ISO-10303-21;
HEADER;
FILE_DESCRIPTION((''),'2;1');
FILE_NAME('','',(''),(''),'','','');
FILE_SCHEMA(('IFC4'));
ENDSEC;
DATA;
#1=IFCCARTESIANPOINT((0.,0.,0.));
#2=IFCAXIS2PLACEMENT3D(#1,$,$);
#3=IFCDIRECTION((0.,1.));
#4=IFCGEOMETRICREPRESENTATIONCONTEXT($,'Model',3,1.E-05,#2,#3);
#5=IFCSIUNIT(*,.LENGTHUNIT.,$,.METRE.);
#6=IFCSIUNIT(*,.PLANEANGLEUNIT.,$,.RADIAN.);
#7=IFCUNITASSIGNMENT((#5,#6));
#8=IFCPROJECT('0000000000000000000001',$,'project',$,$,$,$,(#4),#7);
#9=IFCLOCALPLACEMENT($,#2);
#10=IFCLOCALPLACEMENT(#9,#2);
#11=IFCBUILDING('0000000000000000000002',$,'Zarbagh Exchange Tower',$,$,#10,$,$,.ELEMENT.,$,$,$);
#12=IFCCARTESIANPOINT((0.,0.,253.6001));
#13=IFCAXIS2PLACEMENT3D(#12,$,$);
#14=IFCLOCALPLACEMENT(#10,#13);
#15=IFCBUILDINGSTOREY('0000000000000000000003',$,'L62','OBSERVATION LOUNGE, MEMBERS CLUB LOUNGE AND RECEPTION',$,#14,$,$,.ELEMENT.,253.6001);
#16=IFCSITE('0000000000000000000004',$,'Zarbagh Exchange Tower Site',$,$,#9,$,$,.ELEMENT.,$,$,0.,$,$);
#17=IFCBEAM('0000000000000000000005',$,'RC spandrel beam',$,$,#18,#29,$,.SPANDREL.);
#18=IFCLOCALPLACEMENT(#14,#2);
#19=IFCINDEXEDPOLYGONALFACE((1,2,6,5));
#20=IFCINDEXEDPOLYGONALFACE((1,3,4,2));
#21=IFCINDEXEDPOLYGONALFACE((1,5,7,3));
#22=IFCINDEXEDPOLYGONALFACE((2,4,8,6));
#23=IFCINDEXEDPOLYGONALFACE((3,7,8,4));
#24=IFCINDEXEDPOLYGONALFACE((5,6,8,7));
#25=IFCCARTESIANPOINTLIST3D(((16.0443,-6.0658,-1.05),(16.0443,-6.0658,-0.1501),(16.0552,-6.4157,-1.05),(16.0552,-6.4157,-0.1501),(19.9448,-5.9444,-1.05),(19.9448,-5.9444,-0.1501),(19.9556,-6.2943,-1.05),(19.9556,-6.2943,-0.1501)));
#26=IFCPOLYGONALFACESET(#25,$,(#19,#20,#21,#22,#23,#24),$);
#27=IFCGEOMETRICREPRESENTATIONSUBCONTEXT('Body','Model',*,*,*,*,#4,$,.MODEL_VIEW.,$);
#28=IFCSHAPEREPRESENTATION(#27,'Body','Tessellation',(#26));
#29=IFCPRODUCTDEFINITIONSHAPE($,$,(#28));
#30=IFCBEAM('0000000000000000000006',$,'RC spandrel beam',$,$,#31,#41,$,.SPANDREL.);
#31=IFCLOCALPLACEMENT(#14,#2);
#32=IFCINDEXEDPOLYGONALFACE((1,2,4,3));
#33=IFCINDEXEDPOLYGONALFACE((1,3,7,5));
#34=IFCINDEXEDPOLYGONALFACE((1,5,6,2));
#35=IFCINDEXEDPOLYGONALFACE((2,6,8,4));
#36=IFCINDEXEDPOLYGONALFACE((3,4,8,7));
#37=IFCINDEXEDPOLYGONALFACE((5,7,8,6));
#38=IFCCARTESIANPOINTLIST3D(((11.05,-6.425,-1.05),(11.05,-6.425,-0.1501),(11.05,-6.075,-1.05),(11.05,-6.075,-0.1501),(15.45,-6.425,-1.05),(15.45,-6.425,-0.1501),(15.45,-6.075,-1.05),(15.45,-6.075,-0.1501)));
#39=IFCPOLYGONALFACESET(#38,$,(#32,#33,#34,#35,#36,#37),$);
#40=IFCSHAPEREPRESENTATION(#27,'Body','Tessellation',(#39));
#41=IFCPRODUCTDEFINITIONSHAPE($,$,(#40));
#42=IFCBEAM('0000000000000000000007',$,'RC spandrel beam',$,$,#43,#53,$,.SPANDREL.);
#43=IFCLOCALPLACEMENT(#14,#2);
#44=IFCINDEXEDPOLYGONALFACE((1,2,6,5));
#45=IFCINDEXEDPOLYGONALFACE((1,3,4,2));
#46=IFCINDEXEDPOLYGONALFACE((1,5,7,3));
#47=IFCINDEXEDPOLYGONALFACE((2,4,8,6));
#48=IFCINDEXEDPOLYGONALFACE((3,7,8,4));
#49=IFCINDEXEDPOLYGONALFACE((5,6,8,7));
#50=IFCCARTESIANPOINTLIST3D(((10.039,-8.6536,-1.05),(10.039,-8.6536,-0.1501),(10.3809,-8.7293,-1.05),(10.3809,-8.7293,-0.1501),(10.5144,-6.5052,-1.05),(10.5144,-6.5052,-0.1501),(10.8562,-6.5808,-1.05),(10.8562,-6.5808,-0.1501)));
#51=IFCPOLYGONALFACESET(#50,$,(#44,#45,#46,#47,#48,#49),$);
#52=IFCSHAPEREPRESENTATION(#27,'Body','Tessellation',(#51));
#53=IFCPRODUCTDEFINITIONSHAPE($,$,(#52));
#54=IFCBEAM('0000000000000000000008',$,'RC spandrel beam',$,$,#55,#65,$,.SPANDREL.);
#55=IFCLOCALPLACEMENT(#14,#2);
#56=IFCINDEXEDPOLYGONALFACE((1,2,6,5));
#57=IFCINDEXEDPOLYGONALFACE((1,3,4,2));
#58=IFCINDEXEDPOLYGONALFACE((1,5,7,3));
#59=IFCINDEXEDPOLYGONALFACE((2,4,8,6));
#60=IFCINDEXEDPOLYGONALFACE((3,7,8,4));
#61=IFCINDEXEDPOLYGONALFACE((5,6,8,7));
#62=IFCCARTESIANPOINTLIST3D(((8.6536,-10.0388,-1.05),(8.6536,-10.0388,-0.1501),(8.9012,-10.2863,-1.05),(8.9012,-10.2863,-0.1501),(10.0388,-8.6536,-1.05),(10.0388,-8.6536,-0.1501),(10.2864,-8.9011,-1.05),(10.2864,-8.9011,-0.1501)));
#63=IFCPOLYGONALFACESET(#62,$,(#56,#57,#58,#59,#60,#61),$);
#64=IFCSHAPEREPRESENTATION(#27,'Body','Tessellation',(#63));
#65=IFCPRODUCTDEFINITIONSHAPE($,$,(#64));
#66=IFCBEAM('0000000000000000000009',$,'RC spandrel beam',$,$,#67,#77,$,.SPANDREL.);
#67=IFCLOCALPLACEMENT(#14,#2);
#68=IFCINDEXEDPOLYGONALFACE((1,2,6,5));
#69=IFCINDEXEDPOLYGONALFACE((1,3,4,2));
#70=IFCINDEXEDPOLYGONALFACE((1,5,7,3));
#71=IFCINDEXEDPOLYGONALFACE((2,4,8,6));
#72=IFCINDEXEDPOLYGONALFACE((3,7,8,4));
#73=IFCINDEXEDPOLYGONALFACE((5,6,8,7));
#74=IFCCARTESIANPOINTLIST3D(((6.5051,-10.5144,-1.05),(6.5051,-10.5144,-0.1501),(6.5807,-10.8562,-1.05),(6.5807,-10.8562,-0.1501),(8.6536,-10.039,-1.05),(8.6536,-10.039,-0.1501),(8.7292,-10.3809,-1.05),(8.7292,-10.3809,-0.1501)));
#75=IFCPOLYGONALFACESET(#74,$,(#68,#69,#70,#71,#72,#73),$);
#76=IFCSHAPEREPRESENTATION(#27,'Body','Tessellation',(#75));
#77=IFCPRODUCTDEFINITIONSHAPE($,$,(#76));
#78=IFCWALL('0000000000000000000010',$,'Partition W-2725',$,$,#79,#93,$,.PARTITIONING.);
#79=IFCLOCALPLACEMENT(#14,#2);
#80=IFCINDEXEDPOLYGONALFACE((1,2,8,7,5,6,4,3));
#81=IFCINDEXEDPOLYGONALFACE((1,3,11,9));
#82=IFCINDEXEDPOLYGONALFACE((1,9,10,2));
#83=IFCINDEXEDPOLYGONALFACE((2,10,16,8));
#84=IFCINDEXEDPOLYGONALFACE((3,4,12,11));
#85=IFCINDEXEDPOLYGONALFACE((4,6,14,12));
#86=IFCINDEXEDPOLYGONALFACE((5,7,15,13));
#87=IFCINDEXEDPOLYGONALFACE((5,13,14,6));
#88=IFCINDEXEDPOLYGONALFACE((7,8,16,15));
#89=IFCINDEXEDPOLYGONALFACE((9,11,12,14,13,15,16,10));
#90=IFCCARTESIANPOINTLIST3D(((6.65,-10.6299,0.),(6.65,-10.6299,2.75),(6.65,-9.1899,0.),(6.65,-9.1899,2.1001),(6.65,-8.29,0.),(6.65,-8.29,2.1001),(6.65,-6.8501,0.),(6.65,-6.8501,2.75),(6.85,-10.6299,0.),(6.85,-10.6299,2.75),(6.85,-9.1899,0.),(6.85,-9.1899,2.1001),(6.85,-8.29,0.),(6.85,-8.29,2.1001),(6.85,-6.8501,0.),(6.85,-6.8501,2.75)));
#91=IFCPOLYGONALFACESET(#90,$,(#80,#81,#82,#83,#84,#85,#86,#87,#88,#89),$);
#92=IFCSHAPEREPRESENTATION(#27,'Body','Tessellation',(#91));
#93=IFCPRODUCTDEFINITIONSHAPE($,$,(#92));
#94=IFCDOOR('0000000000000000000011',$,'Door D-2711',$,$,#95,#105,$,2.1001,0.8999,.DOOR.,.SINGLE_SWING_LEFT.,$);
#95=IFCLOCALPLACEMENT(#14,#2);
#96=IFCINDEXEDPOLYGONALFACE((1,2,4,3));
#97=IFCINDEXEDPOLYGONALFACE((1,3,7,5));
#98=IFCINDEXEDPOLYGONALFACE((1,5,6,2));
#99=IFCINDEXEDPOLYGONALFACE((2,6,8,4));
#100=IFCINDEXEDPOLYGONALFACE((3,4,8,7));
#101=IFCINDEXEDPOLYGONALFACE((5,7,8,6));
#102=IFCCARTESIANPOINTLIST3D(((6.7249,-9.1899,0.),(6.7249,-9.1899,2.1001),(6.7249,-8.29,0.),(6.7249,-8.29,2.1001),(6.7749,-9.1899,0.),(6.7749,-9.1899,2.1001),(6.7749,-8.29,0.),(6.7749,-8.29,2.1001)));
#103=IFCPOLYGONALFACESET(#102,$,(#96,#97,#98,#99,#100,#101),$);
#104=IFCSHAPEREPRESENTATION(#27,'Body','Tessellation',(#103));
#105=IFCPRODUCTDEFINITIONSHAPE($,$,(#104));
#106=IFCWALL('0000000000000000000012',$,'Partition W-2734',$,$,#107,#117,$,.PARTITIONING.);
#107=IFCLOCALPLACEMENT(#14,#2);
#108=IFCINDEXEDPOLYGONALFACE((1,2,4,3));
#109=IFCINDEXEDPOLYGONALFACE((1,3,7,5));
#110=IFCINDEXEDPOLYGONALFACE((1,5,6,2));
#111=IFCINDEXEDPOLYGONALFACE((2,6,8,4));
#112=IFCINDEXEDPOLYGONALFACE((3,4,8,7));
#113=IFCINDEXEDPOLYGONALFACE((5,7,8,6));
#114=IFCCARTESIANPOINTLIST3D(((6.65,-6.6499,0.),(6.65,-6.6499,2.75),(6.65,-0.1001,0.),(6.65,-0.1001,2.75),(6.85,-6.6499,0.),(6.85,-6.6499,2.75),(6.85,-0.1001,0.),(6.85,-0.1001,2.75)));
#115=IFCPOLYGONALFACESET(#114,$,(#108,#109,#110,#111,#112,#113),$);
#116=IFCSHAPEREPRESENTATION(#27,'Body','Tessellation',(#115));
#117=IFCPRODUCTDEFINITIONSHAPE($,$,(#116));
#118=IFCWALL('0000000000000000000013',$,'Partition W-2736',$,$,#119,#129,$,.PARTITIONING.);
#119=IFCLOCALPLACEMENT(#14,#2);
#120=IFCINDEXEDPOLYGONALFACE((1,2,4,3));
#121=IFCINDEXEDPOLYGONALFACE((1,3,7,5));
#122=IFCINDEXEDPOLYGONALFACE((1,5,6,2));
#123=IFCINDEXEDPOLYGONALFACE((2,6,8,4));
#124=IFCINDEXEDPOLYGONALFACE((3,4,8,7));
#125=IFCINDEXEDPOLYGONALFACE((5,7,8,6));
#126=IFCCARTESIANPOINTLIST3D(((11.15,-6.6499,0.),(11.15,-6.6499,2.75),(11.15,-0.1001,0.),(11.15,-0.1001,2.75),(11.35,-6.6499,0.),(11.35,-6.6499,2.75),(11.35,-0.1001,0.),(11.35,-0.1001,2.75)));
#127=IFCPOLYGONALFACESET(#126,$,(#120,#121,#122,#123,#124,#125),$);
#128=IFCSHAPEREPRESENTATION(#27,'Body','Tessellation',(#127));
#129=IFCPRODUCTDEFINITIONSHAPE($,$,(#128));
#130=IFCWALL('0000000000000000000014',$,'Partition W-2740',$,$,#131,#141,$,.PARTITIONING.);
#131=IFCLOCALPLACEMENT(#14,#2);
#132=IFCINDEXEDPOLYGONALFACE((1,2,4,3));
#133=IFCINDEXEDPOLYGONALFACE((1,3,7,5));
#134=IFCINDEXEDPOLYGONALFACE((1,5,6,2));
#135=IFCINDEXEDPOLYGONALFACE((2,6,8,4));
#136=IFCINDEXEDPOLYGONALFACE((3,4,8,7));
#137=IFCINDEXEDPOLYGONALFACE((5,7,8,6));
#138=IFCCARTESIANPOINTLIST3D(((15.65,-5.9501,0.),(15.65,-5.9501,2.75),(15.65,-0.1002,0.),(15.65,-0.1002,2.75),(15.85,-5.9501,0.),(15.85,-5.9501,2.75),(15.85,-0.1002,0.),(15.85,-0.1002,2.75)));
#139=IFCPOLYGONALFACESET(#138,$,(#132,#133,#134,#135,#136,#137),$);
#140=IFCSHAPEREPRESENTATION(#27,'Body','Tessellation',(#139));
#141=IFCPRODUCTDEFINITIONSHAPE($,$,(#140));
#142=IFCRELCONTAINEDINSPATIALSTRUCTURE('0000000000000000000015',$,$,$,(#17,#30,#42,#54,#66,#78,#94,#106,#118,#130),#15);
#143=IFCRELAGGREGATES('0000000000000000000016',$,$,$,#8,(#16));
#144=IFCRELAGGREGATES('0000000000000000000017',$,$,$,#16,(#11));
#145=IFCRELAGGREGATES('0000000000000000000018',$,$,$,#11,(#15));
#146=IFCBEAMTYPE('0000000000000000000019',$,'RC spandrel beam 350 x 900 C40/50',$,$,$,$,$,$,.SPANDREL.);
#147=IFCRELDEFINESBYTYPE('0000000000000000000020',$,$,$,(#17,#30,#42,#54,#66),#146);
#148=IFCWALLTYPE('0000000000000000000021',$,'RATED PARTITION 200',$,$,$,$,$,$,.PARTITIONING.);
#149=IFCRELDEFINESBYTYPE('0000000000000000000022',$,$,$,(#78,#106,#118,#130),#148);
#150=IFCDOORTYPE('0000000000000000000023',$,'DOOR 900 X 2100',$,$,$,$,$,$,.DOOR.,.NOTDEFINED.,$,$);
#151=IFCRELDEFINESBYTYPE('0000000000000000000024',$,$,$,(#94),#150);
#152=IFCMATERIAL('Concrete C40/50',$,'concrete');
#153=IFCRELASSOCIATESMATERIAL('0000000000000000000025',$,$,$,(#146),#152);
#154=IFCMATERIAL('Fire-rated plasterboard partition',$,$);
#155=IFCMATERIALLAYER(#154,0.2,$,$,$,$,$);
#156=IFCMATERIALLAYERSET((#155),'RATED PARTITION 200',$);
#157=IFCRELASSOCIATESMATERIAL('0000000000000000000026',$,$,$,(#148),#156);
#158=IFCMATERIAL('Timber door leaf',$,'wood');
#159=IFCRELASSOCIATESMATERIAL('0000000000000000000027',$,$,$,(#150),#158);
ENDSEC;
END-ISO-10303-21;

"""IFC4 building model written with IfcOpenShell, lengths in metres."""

from ifc_helpers import new_model, si_unit, direction, frame, frame_2d, origin, origin_2d, place, context, subcontext, project, spatial, rectangle, extrude, material, layer, layer_set, material_profile, profile_set, type_object, element, fill, save


model = new_model("IFC4")

# Units and contexts
model_context = context("Model", 3, precision=1e-05, world=origin(), true_north=direction((0.0, 1.0)))
body_context = subcontext(model_context, "Body", "Model", "MODEL_VIEW")
ifc_project = project(units=[si_unit("LENGTHUNIT", "METRE"), si_unit("PLANEANGLEUNIT", "RADIAN")], contexts=[model_context])

# Site, building, storey
site_placement = place(None, origin())
site = spatial("IfcSite", under=ifc_project, at=site_placement, Name="Zarbagh Exchange Tower Site", CompositionType="ELEMENT", RefElevation=0.0)
building_placement = place(site_placement, origin())
building = spatial("IfcBuilding", under=site, at=building_placement, Name="Zarbagh Exchange Tower", CompositionType="ELEMENT")
storey_placement = place(building_placement, frame((0.0, 0.0, 253.6001)))
storey = spatial("IfcBuildingStorey", under=building, at=storey_placement, Name="L62", Description="OBSERVATION LOUNGE, MEMBERS CLUB LOUNGE AND RECEPTION", CompositionType="ELEMENT", Elevation=253.6001)

# Shared definitions
ifc_material_1 = material(Name="Concrete C40/50", Category="concrete")

# Beams
ifc_material_profile_1 = material_profile(ifc_material_1, rectangle(XDim=0.3501, YDim=0.8999, at=origin_2d()), Name="RC spandrel beam 350 x 900 C40/50")
ifc_profile_set_1 = profile_set([ifc_material_profile_1], Name="Concrete C40/50")
beam_type_1 = type_object("IfcBeamType", Name="RC spandrel beam 350 x 900 C40/50", PredefinedType="SPANDREL", material=ifc_profile_set_1)
beam_1_placement = place(storey_placement, frame((19.9502, -6.1194, -0.6001), z_axis=(-0.999516, -0.031094, 0.0), x_axis=(0.031094, -0.999516, 0.0)))
element("IfcBeam", 1, at=beam_1_placement, inside=storey, type_object=beam_type_1, Name="RC spandrel beam", PredefinedType="SPANDREL", context=body_context, shape_type="SweptSolid", body=[
    extrude(rectangle(XDim=0.3501, YDim=0.8999, at=origin_2d()), origin(), (0.0, 0.0, 1.0), 3.9023),
])
beam_2_placement = place(storey_placement, frame((15.45, -6.25, -0.6001), z_axis=(-1.0, 0.0, 0.0), x_axis=(0.0, -1.0, 0.0)))
element("IfcBeam", 2, at=beam_2_placement, inside=storey, type_object=beam_type_1, Name="RC spandrel beam", PredefinedType="SPANDREL", context=body_context, shape_type="SweptSolid", body=[
    extrude(rectangle(XDim=0.3501, YDim=0.8999, at=origin_2d()), origin(), (0.0, 0.0, 1.0), 4.3999),
])
beam_3_placement = place(storey_placement, frame((10.6853, -6.543, -0.6001), z_axis=(-0.216026, -0.976388, 0.0), x_axis=(0.976388, -0.216026, 0.0)))
element("IfcBeam", 3, at=beam_3_placement, inside=storey, type_object=beam_type_1, Name="RC spandrel beam", PredefinedType="SPANDREL", context=body_context, shape_type="SweptSolid", body=[
    extrude(rectangle(XDim=0.3501, YDim=0.8999, at=origin_2d()), origin(), (0.0, 0.0, 1.0), 2.2004),
])
beam_4_placement = place(storey_placement, frame((10.1626, -8.7773, -0.6001), z_axis=(-0.707107, -0.707107, 0.0), x_axis=(0.707107, -0.707107, 0.0)))
element("IfcBeam", 4, at=beam_4_placement, inside=storey, type_object=beam_type_1, Name="RC spandrel beam", PredefinedType="SPANDREL", context=body_context, shape_type="SweptSolid", body=[
    extrude(rectangle(XDim=0.3501, YDim=0.8999, at=origin_2d()), origin(), (0.0, 0.0, 1.0), 1.959),
])
beam_5_placement = place(storey_placement, frame((8.6914, -10.21, -0.6001), z_axis=(-0.976388, -0.216026, 0.0), x_axis=(0.216026, -0.976388, 0.0)))
element("IfcBeam", 5, at=beam_5_placement, inside=storey, type_object=beam_type_1, Name="RC spandrel beam", PredefinedType="SPANDREL", context=body_context, shape_type="SweptSolid", body=[
    extrude(rectangle(XDim=0.3501, YDim=0.8999, at=origin_2d()), origin(), (0.0, 0.0, 1.0), 2.2004),
])

# Wall, opening, door
ifc_material_2 = material(Name="Fire-rated plasterboard partition")
ifc_layer = layer(ifc_material_2, 0.2)
ifc_layer_set = layer_set([ifc_layer], Name="RATED PARTITION 200")
wall_type = type_object("IfcWallType", Name="RATED PARTITION 200", PredefinedType="PARTITIONING", material=ifc_layer_set)
wall_1_placement = place(storey_placement, frame((6.75, -6.8501, 0.0), z_axis=(0.0, 0.0, 1.0), x_axis=(0.0, -1.0, 0.0)))
wall_1 = element("IfcWall", 6, at=wall_1_placement, inside=storey, type_object=wall_type, Name="Partition W-2725", PredefinedType="PARTITIONING", context=body_context, shape_type="SweptSolid", body=[
    extrude(rectangle(XDim=3.7798, YDim=0.2, at=frame_2d((1.8899, 0.0))), origin(), (0.0, 0.0, 1.0), 2.75),
])
opening_placement = place(wall_1_placement, frame((1.4399, 0.0, 0.0)))
opening = element("IfcOpeningElement", 7, at=opening_placement, cuts=wall_1, PredefinedType="OPENING", context=body_context, shape_type="SweptSolid", body=[
    extrude(rectangle(XDim=0.8999, YDim=2.1001, at=frame_2d((0.45, 1.05))), frame((0.0, 0.1099, 0.0), z_axis=(0.0, -1.0, 0.0), x_axis=(1.0, 0.0, 0.0)), (0.0, 0.0, 1.0), 0.22),
])
ifc_material_3 = material(Name="Timber door leaf", Category="wood")
door_type = type_object("IfcDoorType", Name="DOOR 900 X 2100", OperationType="NOTDEFINED", PredefinedType="DOOR", material=ifc_material_3)
door_placement = place(opening_placement, origin())
door = element("IfcDoor", 8, at=door_placement, inside=storey, type_object=door_type, Name="Door D-2711", OperationType="SINGLE_SWING_LEFT", OverallHeight=2.1001, OverallWidth=0.8999, PredefinedType="DOOR", context=body_context, shape_type="SweptSolid", body=[
    extrude(rectangle(XDim=0.8999, YDim=2.1001, at=frame_2d((0.45, 1.05))), frame((0.0, 0.0249, 0.0), z_axis=(0.0, -1.0, 0.0), x_axis=(1.0, 0.0, 0.0)), (0.0, 0.0, 1.0), 0.05),
])
fill(opening, door)

# Walls
for number, where, z_axis, x_axis, name in (
    (9, (6.75, -6.6499, 0.0), (0.0, 0.0, 1.0), (0.0, 1.0, 0.0), "Partition W-2734"),
    (10, (11.25, -6.6499, 0.0), (0.0, 0.0, 1.0), (0.0, 1.0, 0.0), "Partition W-2736"),
):
    element("IfcWall", number, at=place(storey_placement, frame(where, z_axis=z_axis, x_axis=x_axis)), inside=storey, type_object=wall_type, Name=name, PredefinedType="PARTITIONING", context=body_context, shape_type="SweptSolid", body=[
        extrude(rectangle(XDim=6.5498, YDim=0.2, at=frame_2d((3.2749, 0.0))), origin(), (0.0, 0.0, 1.0), 2.75),
    ])
wall_2_placement = place(storey_placement, frame((15.75, -5.95, 0.0), z_axis=(0.0, 0.0, 1.0), x_axis=(0.0, 1.0, 0.0)))
element("IfcWall", 11, at=wall_2_placement, inside=storey, type_object=wall_type, Name="Partition W-2740", PredefinedType="PARTITIONING", context=body_context, shape_type="SweptSolid", body=[
    extrude(rectangle(XDim=5.8499, YDim=0.2, at=frame_2d((2.9248, 0.0))), origin(), (0.0, 0.0, 1.0), 2.75),
])

save(model, "model.ifc")
